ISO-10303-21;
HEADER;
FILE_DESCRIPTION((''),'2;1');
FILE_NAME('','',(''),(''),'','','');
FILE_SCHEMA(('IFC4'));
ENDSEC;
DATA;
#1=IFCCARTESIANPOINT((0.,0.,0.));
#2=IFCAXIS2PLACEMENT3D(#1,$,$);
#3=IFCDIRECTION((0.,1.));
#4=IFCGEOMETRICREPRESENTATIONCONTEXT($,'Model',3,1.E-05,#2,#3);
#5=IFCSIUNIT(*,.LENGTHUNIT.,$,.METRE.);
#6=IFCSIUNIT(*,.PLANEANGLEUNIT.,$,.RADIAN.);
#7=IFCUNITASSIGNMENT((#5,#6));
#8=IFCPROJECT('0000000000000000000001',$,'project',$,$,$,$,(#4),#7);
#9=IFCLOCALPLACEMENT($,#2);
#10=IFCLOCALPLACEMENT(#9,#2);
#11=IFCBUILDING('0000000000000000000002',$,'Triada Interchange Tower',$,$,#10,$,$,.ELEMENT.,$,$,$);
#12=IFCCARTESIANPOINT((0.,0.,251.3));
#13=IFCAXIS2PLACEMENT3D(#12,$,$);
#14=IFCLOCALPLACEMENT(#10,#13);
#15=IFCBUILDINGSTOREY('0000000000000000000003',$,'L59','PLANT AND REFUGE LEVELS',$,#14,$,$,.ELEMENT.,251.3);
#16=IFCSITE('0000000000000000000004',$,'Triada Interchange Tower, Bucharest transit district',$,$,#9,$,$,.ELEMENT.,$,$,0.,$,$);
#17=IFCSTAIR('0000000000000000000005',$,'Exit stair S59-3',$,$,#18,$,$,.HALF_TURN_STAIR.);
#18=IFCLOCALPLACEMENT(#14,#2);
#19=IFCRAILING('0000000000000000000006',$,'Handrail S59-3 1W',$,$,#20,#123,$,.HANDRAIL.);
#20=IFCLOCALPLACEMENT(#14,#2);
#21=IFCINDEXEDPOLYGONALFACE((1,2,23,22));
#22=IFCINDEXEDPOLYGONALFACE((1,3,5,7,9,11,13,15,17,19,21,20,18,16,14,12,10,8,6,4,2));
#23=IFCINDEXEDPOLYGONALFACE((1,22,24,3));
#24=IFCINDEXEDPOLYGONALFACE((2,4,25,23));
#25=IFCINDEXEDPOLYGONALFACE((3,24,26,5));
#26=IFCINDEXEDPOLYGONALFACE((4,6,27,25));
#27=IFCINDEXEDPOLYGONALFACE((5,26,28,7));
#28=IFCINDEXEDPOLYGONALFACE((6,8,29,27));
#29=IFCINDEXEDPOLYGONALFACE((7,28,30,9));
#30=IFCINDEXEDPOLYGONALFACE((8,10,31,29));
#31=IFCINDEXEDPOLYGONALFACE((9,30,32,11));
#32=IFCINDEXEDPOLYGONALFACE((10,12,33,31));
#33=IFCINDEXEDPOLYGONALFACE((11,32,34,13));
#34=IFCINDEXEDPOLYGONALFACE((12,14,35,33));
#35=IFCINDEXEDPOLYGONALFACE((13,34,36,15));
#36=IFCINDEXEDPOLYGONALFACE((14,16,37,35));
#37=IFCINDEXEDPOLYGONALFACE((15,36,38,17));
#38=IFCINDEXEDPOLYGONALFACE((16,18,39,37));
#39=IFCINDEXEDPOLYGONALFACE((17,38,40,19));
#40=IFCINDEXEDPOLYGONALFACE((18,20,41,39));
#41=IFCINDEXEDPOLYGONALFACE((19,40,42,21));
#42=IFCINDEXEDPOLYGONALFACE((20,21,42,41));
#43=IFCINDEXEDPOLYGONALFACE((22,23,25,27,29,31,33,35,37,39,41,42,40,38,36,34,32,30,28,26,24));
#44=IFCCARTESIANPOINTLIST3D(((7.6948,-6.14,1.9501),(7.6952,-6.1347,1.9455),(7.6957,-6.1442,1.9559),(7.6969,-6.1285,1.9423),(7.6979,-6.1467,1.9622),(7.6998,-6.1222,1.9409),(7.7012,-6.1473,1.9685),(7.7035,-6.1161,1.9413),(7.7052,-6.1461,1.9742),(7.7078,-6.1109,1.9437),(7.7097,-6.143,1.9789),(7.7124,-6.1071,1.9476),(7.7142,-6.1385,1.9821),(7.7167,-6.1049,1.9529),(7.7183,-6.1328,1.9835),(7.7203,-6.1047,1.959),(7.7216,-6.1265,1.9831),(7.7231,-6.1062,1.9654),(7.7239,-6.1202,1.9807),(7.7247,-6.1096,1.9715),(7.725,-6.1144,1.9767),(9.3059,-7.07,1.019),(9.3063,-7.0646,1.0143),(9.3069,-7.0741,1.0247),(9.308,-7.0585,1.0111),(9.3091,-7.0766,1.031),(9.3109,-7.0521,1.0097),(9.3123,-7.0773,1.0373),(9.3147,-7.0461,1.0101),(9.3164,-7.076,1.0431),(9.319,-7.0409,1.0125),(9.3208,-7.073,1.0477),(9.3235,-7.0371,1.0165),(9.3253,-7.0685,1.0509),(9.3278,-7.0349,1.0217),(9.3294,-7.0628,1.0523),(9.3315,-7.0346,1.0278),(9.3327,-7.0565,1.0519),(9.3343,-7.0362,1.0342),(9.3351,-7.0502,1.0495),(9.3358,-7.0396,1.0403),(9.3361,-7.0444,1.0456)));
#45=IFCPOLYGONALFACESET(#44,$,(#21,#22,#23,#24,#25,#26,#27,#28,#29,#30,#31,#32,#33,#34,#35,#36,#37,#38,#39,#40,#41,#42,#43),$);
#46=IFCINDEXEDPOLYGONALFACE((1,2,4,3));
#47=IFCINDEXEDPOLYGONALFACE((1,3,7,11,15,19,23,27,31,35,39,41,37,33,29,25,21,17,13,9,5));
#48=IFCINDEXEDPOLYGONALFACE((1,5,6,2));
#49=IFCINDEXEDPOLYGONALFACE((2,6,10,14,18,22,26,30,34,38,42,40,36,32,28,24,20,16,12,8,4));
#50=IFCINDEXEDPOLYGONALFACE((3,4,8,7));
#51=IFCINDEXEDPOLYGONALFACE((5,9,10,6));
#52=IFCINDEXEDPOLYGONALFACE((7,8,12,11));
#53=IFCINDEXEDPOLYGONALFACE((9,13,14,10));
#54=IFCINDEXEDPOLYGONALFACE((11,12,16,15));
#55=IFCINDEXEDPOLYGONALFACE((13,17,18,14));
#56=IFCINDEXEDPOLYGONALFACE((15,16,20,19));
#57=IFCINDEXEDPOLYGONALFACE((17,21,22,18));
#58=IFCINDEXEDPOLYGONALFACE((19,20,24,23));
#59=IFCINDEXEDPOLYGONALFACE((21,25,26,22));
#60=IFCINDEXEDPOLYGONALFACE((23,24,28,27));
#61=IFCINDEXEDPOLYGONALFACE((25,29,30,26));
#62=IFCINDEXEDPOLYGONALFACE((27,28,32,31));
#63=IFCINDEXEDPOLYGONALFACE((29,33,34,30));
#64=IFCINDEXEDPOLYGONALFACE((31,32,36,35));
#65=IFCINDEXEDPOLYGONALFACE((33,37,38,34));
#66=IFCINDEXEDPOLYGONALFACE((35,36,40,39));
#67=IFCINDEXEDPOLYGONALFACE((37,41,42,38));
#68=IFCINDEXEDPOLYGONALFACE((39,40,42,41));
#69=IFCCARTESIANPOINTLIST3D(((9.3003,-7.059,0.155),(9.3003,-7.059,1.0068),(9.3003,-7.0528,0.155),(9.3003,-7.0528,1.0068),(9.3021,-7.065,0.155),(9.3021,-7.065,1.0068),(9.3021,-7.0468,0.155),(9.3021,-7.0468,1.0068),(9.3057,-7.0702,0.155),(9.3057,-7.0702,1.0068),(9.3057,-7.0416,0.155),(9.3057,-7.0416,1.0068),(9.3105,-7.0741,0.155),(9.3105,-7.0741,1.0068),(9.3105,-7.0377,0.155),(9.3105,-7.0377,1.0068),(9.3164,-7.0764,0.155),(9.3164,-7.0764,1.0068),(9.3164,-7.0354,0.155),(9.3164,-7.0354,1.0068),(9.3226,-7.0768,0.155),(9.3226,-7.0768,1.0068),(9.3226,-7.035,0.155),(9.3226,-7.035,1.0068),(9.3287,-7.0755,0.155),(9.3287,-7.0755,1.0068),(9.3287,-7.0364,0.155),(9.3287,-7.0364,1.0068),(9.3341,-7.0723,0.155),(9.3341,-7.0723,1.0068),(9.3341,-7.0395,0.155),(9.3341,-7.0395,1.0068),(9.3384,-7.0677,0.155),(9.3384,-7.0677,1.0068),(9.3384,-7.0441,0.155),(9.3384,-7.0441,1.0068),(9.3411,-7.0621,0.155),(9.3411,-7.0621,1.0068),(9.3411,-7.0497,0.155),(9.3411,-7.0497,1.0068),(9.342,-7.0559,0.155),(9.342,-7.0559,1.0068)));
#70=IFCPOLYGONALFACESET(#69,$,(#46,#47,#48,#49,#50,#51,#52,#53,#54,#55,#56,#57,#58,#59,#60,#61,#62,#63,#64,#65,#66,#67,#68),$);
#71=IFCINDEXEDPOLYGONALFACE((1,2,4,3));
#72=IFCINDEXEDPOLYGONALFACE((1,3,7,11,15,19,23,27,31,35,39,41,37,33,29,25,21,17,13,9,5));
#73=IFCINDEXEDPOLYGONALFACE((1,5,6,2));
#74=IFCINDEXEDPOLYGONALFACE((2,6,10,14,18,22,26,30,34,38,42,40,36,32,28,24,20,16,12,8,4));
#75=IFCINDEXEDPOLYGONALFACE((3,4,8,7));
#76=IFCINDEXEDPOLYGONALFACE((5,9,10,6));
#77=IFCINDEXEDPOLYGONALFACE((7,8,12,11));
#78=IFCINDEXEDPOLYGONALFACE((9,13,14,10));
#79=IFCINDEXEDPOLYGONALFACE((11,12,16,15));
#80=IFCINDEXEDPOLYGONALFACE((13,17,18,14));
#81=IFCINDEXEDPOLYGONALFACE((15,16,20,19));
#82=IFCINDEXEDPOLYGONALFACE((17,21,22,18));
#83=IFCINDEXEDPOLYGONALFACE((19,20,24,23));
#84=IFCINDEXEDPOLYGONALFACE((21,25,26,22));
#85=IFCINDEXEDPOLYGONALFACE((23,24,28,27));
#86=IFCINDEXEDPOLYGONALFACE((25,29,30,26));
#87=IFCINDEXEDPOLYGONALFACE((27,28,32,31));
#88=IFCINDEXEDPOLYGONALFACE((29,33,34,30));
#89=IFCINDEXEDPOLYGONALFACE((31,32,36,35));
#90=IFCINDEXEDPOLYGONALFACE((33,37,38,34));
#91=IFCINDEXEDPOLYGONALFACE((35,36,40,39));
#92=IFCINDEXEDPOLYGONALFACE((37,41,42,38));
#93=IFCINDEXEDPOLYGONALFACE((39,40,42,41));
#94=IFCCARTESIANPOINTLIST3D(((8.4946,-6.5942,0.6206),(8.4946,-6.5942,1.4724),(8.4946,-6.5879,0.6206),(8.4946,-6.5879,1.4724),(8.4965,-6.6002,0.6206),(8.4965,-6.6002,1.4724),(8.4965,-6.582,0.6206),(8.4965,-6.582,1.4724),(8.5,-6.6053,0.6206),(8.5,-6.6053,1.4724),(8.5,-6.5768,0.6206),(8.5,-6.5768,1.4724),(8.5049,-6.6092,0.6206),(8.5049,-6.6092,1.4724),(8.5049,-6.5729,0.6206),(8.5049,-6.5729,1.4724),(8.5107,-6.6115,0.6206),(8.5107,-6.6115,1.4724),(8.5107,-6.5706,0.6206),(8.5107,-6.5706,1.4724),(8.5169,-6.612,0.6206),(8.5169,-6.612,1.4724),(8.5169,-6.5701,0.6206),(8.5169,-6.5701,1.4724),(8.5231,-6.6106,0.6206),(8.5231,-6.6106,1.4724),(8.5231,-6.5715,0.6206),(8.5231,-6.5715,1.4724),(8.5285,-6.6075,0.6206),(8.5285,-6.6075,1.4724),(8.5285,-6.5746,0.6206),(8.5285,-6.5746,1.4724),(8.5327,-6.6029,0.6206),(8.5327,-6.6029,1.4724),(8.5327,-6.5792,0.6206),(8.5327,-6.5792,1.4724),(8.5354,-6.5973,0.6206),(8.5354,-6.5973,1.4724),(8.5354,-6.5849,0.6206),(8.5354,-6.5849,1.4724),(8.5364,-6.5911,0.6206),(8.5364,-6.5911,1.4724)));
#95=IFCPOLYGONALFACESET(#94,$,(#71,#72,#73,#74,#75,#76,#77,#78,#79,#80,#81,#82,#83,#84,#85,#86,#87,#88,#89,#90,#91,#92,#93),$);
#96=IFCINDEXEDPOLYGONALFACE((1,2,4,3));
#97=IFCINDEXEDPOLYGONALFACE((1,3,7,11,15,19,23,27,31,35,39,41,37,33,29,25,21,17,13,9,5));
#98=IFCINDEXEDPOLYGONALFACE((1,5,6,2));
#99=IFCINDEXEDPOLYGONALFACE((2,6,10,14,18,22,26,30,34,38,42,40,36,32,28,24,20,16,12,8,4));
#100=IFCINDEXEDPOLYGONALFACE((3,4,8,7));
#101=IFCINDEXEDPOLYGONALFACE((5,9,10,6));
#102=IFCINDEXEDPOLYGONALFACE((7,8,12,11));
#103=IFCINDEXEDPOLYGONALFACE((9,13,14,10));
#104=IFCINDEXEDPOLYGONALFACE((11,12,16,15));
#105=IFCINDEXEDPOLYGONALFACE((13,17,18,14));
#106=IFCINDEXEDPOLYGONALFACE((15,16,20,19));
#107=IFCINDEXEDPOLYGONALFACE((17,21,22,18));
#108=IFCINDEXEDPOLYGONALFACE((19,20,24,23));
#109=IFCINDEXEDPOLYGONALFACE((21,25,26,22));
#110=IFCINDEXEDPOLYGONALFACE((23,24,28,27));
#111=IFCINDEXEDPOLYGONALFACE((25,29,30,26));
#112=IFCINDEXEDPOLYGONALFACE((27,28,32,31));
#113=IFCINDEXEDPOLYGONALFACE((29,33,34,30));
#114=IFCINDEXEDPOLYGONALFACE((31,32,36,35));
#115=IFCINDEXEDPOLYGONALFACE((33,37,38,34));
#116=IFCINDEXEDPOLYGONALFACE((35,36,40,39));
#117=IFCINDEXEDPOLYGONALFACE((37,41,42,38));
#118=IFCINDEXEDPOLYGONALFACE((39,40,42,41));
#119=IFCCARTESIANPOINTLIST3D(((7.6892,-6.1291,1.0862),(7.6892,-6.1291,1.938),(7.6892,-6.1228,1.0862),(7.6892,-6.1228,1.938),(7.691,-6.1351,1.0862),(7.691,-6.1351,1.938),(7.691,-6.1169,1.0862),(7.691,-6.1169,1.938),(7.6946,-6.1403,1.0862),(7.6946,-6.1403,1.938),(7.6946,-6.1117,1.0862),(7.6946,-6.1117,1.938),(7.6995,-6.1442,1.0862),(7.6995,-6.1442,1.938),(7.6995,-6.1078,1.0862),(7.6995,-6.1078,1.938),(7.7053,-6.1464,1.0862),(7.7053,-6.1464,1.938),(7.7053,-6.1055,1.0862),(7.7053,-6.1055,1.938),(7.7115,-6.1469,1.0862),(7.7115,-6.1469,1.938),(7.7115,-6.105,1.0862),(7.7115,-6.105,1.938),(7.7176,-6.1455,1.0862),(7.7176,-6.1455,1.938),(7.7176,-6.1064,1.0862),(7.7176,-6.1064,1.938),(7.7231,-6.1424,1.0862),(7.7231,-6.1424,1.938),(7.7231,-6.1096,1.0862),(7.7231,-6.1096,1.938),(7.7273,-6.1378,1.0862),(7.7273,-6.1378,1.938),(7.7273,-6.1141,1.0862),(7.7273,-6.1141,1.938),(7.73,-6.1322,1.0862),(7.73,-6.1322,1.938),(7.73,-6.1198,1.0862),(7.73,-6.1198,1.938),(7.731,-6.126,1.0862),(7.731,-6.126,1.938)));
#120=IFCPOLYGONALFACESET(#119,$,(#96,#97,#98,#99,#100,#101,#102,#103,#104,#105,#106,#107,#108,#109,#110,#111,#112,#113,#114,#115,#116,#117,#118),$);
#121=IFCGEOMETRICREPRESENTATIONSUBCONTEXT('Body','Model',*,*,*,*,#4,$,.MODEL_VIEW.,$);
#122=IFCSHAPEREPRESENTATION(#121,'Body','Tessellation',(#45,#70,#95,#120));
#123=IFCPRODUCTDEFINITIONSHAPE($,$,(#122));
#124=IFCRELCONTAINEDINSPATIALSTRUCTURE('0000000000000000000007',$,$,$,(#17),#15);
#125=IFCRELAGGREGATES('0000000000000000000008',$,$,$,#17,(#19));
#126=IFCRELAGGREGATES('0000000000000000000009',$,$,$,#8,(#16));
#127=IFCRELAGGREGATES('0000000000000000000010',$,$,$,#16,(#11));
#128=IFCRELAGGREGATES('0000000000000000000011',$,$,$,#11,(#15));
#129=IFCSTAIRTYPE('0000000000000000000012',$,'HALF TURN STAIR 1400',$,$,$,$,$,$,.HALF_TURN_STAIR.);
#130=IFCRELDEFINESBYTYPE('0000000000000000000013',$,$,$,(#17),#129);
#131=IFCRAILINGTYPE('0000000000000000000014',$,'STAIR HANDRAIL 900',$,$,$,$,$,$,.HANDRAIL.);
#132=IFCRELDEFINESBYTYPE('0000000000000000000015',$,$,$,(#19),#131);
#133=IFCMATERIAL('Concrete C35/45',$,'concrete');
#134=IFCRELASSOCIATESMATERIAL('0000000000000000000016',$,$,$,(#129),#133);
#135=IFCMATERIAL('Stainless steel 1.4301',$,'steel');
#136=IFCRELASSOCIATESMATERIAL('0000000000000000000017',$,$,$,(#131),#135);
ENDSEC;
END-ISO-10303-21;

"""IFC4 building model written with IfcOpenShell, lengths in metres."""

from ifc_helpers import new_model, si_unit, direction, frame, origin, origin_2d, place, context, subcontext, project, spatial, circle, extrude, material, type_object, element, aggregate, save


model = new_model("IFC4")

# Units and contexts
model_context = context("Model", 3, precision=1e-05, world=origin(), true_north=direction((0.0, 1.0)))
body_context = subcontext(model_context, "Body", "Model", "MODEL_VIEW")
ifc_project = project(units=[si_unit("LENGTHUNIT", "METRE"), si_unit("PLANEANGLEUNIT", "RADIAN")], contexts=[model_context])

# Site, building, storey
site_placement = place(None, origin())
site = spatial("IfcSite", under=ifc_project, at=site_placement, Name="Triada Interchange Tower, Bucharest transit district", CompositionType="ELEMENT", RefElevation=0.0)
building_placement = place(site_placement, origin())
building = spatial("IfcBuilding", under=site, at=building_placement, Name="Triada Interchange Tower", CompositionType="ELEMENT")
storey_placement = place(building_placement, frame((0.0, 0.0, 251.3)))
storey = spatial("IfcBuildingStorey", under=building, at=storey_placement, Name="L59", Description="PLANT AND REFUGE LEVELS", CompositionType="ELEMENT", Elevation=251.3)

# Shared definitions
ifc_material_1 = material(Name="Concrete C35/45", Category="concrete")

# Stair, railing
stair_type = type_object("IfcStairType", Name="HALF TURN STAIR 1400", PredefinedType="HALF_TURN_STAIR", material=ifc_material_1)
stair_placement = place(storey_placement, origin())
stair = element("IfcStair", 1, at=stair_placement, inside=storey, type_object=stair_type, Name="Exit stair S59-3", PredefinedType="HALF_TURN_STAIR")
ifc_material_2 = material(Name="Stainless steel 1.4301", Category="steel")
railing_type = type_object("IfcRailingType", Name="STAIR HANDRAIL 900", PredefinedType="HANDRAIL", material=ifc_material_2)
railing_1_placement = place(storey_placement, frame((9.321, -7.0559, 0.155)))
railing_1 = element("IfcRailing", 2, at=railing_1_placement, type_object=railing_type, Name="Handrail S59-3 1W", PredefinedType="HANDRAIL", context=body_context, shape_type="SweptSolid", body=[
    extrude(circle(Radius=0.0239, at=origin_2d()), frame((0.0, 0.0, 0.876), z_axis=(-0.774469, 0.44703, 0.447617), x_axis=(-0.499908, -0.866079, 0.0)), (0.0, 0.0, 1.0), 2.0803),
    extrude(circle(Radius=0.021, at=origin_2d()), origin(), (0.0, 0.0, 1.0), 0.8518),
    extrude(circle(Radius=0.021, at=origin_2d()), frame((-0.8057, 0.4648, 0.4656)), (0.0, 0.0, 1.0), 0.8518),
    extrude(circle(Radius=0.021, at=origin_2d()), frame((-1.6111, 0.9299, 0.9312)), (0.0, 0.0, 1.0), 0.8518),
])
aggregate(stair, [railing_1])

save(model, "model.ifc")
